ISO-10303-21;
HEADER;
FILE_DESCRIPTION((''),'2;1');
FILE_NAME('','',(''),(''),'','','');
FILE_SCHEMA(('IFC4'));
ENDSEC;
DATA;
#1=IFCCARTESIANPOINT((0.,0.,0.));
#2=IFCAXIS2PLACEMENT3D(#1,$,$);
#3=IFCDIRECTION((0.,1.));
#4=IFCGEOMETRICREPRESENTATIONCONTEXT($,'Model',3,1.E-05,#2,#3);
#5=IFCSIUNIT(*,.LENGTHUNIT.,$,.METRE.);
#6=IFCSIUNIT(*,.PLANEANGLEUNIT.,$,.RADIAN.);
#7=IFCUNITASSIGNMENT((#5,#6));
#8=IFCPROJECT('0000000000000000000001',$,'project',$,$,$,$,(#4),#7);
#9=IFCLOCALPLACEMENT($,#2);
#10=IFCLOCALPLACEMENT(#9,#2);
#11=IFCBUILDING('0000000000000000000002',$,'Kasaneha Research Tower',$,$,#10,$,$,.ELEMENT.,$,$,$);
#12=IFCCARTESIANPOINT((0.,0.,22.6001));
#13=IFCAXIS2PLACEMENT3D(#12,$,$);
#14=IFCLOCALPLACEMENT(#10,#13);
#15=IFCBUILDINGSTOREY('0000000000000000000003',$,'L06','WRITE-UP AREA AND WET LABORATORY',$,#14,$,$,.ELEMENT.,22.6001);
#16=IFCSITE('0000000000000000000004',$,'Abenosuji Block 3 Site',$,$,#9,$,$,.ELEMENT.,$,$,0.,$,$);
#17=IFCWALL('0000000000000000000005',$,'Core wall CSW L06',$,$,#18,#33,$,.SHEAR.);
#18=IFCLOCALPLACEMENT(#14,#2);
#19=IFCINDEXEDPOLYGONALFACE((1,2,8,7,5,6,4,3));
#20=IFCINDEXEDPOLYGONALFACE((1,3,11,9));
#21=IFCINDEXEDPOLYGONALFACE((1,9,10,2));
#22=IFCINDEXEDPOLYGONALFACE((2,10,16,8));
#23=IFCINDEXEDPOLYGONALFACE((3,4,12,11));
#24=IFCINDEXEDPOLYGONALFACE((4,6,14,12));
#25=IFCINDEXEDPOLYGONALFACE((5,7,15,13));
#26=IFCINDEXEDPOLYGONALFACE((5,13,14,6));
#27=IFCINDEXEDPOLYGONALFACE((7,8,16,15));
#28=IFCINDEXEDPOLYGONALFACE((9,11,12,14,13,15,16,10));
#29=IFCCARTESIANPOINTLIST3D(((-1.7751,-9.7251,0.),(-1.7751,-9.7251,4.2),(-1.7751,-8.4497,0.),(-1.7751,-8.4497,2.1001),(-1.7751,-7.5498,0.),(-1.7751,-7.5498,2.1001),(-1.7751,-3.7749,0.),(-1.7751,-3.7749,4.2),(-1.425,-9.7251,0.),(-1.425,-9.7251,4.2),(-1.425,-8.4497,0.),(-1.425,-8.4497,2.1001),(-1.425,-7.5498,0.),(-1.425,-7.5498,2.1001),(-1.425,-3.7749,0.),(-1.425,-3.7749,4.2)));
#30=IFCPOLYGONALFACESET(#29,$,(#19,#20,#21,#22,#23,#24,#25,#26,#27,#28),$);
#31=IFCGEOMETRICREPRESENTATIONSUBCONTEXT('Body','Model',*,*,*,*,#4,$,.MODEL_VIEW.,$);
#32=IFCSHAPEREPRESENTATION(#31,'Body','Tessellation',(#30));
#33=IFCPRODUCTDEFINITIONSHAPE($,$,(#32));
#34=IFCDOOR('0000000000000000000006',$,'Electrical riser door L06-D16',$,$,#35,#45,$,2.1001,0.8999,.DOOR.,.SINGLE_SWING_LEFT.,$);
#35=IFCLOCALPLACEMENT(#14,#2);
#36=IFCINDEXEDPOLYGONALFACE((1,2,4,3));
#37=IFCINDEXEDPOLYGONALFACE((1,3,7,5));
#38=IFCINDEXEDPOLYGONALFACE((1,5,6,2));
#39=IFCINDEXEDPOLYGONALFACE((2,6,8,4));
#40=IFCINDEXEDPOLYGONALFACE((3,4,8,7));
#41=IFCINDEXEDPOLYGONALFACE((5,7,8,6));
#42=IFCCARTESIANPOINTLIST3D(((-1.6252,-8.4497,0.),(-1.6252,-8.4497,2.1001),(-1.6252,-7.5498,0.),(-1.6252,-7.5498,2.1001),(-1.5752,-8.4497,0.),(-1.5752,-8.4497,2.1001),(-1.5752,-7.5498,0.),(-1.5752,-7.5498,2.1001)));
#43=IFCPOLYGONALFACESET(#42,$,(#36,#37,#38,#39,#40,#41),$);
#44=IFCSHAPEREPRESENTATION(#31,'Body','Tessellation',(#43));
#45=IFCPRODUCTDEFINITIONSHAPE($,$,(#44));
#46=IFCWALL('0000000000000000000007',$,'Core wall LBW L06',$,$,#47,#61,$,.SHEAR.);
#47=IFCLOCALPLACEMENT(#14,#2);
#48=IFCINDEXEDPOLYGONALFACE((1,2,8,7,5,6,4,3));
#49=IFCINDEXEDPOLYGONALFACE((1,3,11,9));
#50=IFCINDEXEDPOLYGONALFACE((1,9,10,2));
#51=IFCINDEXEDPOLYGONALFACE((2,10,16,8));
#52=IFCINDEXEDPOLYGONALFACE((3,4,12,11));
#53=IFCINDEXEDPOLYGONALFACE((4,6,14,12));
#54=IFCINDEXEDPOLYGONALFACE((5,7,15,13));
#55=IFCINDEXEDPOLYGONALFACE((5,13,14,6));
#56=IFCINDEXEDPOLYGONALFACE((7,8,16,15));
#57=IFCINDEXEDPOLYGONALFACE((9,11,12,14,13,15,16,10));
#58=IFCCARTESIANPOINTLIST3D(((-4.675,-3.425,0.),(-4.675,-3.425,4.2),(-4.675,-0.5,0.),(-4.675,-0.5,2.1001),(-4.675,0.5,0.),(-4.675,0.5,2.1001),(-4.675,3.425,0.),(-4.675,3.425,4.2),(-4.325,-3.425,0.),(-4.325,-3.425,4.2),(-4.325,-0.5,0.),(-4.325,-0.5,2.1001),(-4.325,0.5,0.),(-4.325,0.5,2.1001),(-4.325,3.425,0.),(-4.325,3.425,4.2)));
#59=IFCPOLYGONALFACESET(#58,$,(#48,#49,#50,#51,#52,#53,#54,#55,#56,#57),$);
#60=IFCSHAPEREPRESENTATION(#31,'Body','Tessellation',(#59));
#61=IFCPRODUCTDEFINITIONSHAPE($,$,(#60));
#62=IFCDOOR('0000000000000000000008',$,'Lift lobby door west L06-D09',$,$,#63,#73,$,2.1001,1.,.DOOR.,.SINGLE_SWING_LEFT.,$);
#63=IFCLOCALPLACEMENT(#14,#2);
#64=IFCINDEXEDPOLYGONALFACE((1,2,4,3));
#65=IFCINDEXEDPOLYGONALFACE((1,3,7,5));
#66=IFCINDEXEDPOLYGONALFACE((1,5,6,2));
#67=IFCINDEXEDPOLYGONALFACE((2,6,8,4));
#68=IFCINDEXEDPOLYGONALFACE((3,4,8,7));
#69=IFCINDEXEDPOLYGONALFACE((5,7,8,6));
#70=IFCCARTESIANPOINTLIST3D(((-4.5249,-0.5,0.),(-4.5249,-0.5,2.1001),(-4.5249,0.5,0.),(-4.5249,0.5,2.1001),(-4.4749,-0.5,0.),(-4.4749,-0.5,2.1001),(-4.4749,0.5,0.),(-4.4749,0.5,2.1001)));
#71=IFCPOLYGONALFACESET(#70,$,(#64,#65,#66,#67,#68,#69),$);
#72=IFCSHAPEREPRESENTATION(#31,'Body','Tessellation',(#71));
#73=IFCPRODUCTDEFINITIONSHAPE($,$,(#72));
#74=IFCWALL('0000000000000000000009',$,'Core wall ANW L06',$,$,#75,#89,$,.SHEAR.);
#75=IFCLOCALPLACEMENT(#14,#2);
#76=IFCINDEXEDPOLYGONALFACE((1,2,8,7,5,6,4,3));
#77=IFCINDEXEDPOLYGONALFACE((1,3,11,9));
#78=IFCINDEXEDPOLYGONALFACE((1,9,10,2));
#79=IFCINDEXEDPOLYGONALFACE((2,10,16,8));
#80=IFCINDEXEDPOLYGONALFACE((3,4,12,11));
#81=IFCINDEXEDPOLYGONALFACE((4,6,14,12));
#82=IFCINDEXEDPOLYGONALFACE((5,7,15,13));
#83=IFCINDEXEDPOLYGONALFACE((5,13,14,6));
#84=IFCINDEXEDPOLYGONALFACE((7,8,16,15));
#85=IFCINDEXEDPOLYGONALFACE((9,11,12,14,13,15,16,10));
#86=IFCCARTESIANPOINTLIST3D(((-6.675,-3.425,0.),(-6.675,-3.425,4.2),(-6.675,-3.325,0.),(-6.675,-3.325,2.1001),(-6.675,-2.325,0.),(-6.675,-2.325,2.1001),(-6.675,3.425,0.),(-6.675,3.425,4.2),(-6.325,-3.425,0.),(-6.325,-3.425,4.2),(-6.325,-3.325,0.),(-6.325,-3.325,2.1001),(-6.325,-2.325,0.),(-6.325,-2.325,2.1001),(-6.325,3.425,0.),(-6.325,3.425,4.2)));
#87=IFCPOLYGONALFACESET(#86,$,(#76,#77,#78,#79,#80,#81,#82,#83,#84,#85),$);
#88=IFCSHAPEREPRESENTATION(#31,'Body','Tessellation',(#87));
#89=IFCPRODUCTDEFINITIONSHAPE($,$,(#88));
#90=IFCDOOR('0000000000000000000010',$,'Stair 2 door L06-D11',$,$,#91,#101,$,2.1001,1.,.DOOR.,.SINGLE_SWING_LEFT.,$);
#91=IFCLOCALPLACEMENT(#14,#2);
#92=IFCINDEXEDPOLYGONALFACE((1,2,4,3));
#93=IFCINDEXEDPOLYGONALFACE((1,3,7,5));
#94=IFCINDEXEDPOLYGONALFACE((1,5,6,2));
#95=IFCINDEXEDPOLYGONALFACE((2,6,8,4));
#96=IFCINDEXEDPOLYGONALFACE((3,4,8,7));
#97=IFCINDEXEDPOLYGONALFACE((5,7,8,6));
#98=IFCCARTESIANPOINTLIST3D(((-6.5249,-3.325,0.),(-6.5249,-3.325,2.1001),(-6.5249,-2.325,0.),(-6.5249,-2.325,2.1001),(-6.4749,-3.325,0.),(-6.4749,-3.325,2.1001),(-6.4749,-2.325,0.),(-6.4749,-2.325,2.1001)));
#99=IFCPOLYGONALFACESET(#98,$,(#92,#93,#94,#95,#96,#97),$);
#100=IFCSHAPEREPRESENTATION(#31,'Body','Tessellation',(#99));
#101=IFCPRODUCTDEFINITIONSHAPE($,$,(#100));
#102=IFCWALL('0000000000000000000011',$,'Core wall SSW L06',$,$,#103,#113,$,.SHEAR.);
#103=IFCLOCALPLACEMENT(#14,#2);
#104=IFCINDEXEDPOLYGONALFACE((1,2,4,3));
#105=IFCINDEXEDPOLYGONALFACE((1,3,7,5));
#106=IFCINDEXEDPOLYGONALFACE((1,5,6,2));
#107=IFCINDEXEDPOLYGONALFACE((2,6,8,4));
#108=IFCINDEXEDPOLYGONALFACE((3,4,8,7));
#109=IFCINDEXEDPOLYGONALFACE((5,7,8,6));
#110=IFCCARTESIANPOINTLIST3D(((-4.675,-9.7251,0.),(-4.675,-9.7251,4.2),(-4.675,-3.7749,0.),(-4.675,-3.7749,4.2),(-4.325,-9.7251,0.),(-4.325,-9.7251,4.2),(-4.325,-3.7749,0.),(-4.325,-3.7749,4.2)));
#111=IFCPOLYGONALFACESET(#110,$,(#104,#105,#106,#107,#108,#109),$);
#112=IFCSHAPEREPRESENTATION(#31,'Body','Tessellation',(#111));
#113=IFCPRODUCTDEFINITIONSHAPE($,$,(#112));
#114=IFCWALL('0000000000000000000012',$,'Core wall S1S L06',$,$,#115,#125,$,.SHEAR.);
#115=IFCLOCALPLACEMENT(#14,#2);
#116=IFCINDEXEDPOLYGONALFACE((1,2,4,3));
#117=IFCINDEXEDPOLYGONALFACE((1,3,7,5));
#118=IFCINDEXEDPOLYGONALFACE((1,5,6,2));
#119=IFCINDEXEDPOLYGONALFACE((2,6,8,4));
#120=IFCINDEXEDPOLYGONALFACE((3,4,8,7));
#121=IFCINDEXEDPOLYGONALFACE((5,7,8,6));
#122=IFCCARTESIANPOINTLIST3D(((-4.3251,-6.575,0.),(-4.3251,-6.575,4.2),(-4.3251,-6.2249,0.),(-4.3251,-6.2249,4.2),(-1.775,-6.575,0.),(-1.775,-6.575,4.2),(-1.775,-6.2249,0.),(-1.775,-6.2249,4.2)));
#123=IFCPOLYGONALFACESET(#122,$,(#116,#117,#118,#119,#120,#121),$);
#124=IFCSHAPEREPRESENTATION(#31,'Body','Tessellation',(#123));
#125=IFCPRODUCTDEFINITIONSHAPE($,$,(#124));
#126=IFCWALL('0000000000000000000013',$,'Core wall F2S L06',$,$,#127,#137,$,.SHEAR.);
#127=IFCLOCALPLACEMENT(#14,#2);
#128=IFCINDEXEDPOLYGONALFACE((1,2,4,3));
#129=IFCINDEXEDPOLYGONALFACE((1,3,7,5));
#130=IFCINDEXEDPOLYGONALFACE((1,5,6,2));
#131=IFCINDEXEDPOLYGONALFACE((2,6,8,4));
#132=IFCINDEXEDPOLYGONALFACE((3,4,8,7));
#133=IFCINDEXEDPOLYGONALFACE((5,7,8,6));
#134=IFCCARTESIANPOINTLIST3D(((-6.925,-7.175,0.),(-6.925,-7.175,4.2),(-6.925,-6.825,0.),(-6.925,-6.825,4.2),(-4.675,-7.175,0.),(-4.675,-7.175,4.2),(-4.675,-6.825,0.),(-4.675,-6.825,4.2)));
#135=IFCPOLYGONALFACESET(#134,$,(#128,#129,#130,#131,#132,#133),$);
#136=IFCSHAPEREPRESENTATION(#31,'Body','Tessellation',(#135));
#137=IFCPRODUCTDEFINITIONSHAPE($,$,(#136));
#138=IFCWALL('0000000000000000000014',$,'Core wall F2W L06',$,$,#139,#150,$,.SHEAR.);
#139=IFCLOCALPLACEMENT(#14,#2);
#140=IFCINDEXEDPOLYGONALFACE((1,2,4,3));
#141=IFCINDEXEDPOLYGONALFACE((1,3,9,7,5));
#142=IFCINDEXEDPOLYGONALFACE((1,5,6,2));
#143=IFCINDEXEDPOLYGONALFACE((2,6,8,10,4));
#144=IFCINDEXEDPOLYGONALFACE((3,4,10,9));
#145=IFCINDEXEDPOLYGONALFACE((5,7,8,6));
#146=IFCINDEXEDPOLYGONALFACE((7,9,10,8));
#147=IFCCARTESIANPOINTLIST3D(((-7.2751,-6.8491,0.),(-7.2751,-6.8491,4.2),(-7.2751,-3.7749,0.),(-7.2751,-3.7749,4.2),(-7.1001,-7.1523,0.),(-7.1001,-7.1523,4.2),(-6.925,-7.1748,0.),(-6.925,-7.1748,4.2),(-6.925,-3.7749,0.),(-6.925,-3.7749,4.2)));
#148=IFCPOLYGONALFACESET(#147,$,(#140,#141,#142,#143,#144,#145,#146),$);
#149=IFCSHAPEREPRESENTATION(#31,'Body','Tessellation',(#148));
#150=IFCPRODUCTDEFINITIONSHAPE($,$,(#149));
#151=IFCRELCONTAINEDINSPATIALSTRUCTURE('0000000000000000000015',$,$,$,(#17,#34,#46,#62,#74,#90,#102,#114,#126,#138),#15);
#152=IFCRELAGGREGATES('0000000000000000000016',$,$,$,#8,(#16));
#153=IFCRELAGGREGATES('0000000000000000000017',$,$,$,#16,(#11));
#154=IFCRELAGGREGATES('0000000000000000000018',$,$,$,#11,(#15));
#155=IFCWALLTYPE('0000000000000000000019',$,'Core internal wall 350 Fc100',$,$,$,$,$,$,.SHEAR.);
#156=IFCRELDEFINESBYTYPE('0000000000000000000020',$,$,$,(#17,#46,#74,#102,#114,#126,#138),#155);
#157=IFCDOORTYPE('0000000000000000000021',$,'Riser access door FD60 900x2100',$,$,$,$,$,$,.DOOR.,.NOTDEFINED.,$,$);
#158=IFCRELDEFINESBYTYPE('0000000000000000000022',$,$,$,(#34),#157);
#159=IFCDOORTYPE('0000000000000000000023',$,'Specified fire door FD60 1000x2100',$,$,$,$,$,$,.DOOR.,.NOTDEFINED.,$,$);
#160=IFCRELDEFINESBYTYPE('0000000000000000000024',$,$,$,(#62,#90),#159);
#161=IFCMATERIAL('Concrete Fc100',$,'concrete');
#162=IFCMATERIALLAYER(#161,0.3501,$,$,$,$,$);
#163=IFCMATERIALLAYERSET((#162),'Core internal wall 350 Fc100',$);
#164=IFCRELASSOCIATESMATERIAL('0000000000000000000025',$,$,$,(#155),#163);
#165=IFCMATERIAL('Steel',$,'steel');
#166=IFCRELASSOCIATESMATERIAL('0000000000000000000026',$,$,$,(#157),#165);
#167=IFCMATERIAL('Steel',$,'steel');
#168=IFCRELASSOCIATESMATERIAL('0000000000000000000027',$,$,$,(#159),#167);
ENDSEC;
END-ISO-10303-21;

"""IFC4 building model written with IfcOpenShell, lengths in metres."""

from ifc_helpers import new_model, si_unit, direction, frame, frame_2d, origin, place, context, subcontext, project, spatial, polyline, rectangle, outline, extrude, material, layer, layer_set, type_object, element, fill, save


model = new_model("IFC4")

# Units and contexts
model_context = context("Model", 3, precision=1e-05, world=origin(), true_north=direction((0.0, 1.0)))
body_context = subcontext(model_context, "Body", "Model", "MODEL_VIEW")
ifc_project = project(units=[si_unit("LENGTHUNIT", "METRE"), si_unit("PLANEANGLEUNIT", "RADIAN")], contexts=[model_context])

# Site, building, storey
site_placement = place(None, origin())
site = spatial("IfcSite", under=ifc_project, at=site_placement, Name="Abenosuji Block 3 Site", CompositionType="ELEMENT", RefElevation=0.0)
building_placement = place(site_placement, origin())
building = spatial("IfcBuilding", under=site, at=building_placement, Name="Kasaneha Research Tower", CompositionType="ELEMENT")
storey_placement = place(building_placement, frame((0.0, 0.0, 22.6001)))
storey = spatial("IfcBuildingStorey", under=building, at=storey_placement, Name="L06", Description="WRITE-UP AREA AND WET LABORATORY", CompositionType="ELEMENT", Elevation=22.6001)

# Walls, openings, doors
ifc_material_1 = material(Name="Concrete Fc100", Category="concrete")
ifc_layer_1 = layer(ifc_material_1, 0.3501)
ifc_layer_set_1 = layer_set([ifc_layer_1], Name="Core internal wall 350 Fc100")
wall_type_1 = type_object("IfcWallType", Name="Core internal wall 350 Fc100", PredefinedType="SHEAR", material=ifc_layer_set_1)
wall_1_placement = place(storey_placement, frame((-1.6001, -3.7749, 0.0), z_axis=(0.0, 0.0, 1.0), x_axis=(0.0, -1.0, 0.0)))
wall_1 = element("IfcWall", 1, at=wall_1_placement, inside=storey, type_object=wall_type_1, Name="Core wall CSW L06", PredefinedType="SHEAR", context=body_context, shape_type="SweptSolid", body=[
    extrude(rectangle(XDim=5.9502, YDim=0.3501, at=frame_2d((2.9751, 0.0))), origin(), (0.0, 0.0, 1.0), 4.2),
])
opening_1_placement = place(wall_1_placement, frame((3.7749, 0.0, 0.0)))
opening_1 = element("IfcOpeningElement", 2, at=opening_1_placement, cuts=wall_1, PredefinedType="OPENING", context=body_context, shape_type="SweptSolid", body=[
    extrude(rectangle(XDim=0.8999, YDim=2.1001, at=frame_2d((0.45, 1.05))), frame((0.0, 0.1851, 0.0), z_axis=(0.0, -1.0, 0.0), x_axis=(1.0, 0.0, 0.0)), (0.0, 0.0, 1.0), 0.3701),
])
ifc_material_2 = material(Name="Steel", Category="steel")
door_type_1 = type_object("IfcDoorType", Name="Riser access door FD60 900x2100", OperationType="NOTDEFINED", PredefinedType="DOOR", material=ifc_material_2)
door_1_placement = place(opening_1_placement, origin())
door_1 = element("IfcDoor", 3, at=door_1_placement, inside=storey, type_object=door_type_1, Name="Electrical riser door L06-D16", OperationType="SINGLE_SWING_LEFT", OverallHeight=2.1001, OverallWidth=0.8999, PredefinedType="DOOR", context=body_context, shape_type="SweptSolid", body=[
    extrude(rectangle(XDim=0.8999, YDim=2.1001, at=frame_2d((0.45, 1.05))), frame((0.0, 0.0249, 0.0), z_axis=(0.0, -1.0, 0.0), x_axis=(1.0, 0.0, 0.0)), (0.0, 0.0, 1.0), 0.05),
])
fill(opening_1, door_1)
wall_2_placement = place(storey_placement, frame((-4.5, -3.425, 0.0), z_axis=(0.0, 0.0, 1.0), x_axis=(0.0, 1.0, 0.0)))
wall_2 = element("IfcWall", 4, at=wall_2_placement, inside=storey, type_object=wall_type_1, Name="Core wall LBW L06", PredefinedType="SHEAR", context=body_context, shape_type="SweptSolid", body=[
    extrude(rectangle(XDim=6.8501, YDim=0.3501, at=frame_2d((3.425, 0.0))), origin(), (0.0, 0.0, 1.0), 4.2),
])
opening_2_placement = place(wall_2_placement, frame((2.925, 0.0, 0.0)))
opening_2 = element("IfcOpeningElement", 5, at=opening_2_placement, cuts=wall_2, PredefinedType="OPENING", context=body_context, shape_type="SweptSolid", body=[
    extrude(rectangle(XDim=1.0, YDim=2.1001, at=frame_2d((0.5, 1.05))), frame((0.0, 0.1851, 0.0), z_axis=(0.0, -1.0, 0.0), x_axis=(1.0, 0.0, 0.0)), (0.0, 0.0, 1.0), 0.3701),
])
ifc_material_3 = material(Name="Steel", Category="steel")
door_type_2 = type_object("IfcDoorType", Name="Specified fire door FD60 1000x2100", OperationType="NOTDEFINED", PredefinedType="DOOR", material=ifc_material_3)
door_2_placement = place(opening_2_placement, origin())
door_2 = element("IfcDoor", 6, at=door_2_placement, inside=storey, type_object=door_type_2, Name="Lift lobby door west L06-D09", OperationType="SINGLE_SWING_LEFT", OverallHeight=2.1001, OverallWidth=1.0, PredefinedType="DOOR", context=body_context, shape_type="SweptSolid", body=[
    extrude(rectangle(XDim=1.0, YDim=2.1001, at=frame_2d((0.5, 1.05))), frame((0.0, 0.0249, 0.0), z_axis=(0.0, -1.0, 0.0), x_axis=(1.0, 0.0, 0.0)), (0.0, 0.0, 1.0), 0.05),
])
fill(opening_2, door_2)
wall_3_placement = place(storey_placement, frame((-6.5, -3.425, 0.0), z_axis=(0.0, 0.0, 1.0), x_axis=(0.0, 1.0, 0.0)))
wall_3 = element("IfcWall", 7, at=wall_3_placement, inside=storey, type_object=wall_type_1, Name="Core wall ANW L06", PredefinedType="SHEAR", context=body_context, shape_type="SweptSolid", body=[
    extrude(rectangle(XDim=6.8501, YDim=0.3501, at=frame_2d((3.425, 0.0))), origin(), (0.0, 0.0, 1.0), 4.2),
])
opening_3_placement = place(wall_3_placement, frame((0.1001, 0.0, 0.0)))
opening_3 = element("IfcOpeningElement", 8, at=opening_3_placement, cuts=wall_3, PredefinedType="OPENING", context=body_context, shape_type="SweptSolid", body=[
    extrude(rectangle(XDim=1.0, YDim=2.1001, at=frame_2d((0.5, 1.05))), frame((0.0, 0.1851, 0.0), z_axis=(0.0, -1.0, 0.0), x_axis=(1.0, 0.0, 0.0)), (0.0, 0.0, 1.0), 0.3701),
])
door_3_placement = place(opening_3_placement, origin())
door_3 = element("IfcDoor", 9, at=door_3_placement, inside=storey, type_object=door_type_2, Name="Stair 2 door L06-D11", OperationType="SINGLE_SWING_LEFT", OverallHeight=2.1001, OverallWidth=1.0, PredefinedType="DOOR", context=body_context, shape_type="SweptSolid", body=[
    extrude(rectangle(XDim=1.0, YDim=2.1001, at=frame_2d((0.5, 1.05))), frame((0.0, 0.0249, 0.0), z_axis=(0.0, -1.0, 0.0), x_axis=(1.0, 0.0, 0.0)), (0.0, 0.0, 1.0), 0.05),
])
fill(opening_3, door_3)

# Walls
wall_4_placement = place(storey_placement, frame((-4.5, -3.7749, 0.0), z_axis=(0.0, 0.0, 1.0), x_axis=(0.0, -1.0, 0.0)))
element("IfcWall", 10, at=wall_4_placement, inside=storey, type_object=wall_type_1, Name="Core wall SSW L06", PredefinedType="SHEAR", context=body_context, shape_type="SweptSolid", body=[
    extrude(rectangle(XDim=5.9502, YDim=0.3501, at=frame_2d((2.9751, 0.0))), origin(), (0.0, 0.0, 1.0), 4.2),
])
wall_5_placement = place(storey_placement, frame((-4.325, -6.3999, 0.0), z_axis=(0.0, 0.0, 1.0), x_axis=(1.0, 0.0, 0.0)))
element("IfcWall", 11, at=wall_5_placement, inside=storey, type_object=wall_type_1, Name="Core wall S1S L06", PredefinedType="SHEAR", context=body_context, shape_type="SweptSolid", body=[
    extrude(rectangle(XDim=2.55, YDim=0.3501, at=frame_2d((1.2749, 0.0))), origin(), (0.0, 0.0, 1.0), 4.2),
])
wall_6_placement = place(storey_placement, frame((-6.925, -7.0, 0.0), z_axis=(0.0, 0.0, 1.0), x_axis=(1.0, 0.0, 0.0)))
element("IfcWall", 12, at=wall_6_placement, inside=storey, type_object=wall_type_1, Name="Core wall F2S L06", PredefinedType="SHEAR", context=body_context, shape_type="SweptSolid", body=[
    extrude(rectangle(XDim=2.25, YDim=0.3501, at=frame_2d((1.125, 0.0))), origin(), (0.0, 0.0, 1.0), 4.2),
])
wall_7_placement = place(storey_placement, frame((-7.1001, -3.7749, 0.0), z_axis=(0.0, 0.0, 1.0), x_axis=(0.0, -1.0, 0.0)))
element("IfcWall", 13, at=wall_7_placement, inside=storey, type_object=wall_type_1, Name="Core wall F2W L06", PredefinedType="SHEAR", context=body_context, shape_type="SweptSolid", body=[
    extrude(outline(polyline([(0.0, -0.175), (3.0742, -0.175), (3.3774, 0.0), (3.3999, 0.175), (0.0, 0.175), (0.0, -0.175)])), origin(), (0.0, 0.0, 1.0), 4.2),
])

save(model, "model.ifc")
